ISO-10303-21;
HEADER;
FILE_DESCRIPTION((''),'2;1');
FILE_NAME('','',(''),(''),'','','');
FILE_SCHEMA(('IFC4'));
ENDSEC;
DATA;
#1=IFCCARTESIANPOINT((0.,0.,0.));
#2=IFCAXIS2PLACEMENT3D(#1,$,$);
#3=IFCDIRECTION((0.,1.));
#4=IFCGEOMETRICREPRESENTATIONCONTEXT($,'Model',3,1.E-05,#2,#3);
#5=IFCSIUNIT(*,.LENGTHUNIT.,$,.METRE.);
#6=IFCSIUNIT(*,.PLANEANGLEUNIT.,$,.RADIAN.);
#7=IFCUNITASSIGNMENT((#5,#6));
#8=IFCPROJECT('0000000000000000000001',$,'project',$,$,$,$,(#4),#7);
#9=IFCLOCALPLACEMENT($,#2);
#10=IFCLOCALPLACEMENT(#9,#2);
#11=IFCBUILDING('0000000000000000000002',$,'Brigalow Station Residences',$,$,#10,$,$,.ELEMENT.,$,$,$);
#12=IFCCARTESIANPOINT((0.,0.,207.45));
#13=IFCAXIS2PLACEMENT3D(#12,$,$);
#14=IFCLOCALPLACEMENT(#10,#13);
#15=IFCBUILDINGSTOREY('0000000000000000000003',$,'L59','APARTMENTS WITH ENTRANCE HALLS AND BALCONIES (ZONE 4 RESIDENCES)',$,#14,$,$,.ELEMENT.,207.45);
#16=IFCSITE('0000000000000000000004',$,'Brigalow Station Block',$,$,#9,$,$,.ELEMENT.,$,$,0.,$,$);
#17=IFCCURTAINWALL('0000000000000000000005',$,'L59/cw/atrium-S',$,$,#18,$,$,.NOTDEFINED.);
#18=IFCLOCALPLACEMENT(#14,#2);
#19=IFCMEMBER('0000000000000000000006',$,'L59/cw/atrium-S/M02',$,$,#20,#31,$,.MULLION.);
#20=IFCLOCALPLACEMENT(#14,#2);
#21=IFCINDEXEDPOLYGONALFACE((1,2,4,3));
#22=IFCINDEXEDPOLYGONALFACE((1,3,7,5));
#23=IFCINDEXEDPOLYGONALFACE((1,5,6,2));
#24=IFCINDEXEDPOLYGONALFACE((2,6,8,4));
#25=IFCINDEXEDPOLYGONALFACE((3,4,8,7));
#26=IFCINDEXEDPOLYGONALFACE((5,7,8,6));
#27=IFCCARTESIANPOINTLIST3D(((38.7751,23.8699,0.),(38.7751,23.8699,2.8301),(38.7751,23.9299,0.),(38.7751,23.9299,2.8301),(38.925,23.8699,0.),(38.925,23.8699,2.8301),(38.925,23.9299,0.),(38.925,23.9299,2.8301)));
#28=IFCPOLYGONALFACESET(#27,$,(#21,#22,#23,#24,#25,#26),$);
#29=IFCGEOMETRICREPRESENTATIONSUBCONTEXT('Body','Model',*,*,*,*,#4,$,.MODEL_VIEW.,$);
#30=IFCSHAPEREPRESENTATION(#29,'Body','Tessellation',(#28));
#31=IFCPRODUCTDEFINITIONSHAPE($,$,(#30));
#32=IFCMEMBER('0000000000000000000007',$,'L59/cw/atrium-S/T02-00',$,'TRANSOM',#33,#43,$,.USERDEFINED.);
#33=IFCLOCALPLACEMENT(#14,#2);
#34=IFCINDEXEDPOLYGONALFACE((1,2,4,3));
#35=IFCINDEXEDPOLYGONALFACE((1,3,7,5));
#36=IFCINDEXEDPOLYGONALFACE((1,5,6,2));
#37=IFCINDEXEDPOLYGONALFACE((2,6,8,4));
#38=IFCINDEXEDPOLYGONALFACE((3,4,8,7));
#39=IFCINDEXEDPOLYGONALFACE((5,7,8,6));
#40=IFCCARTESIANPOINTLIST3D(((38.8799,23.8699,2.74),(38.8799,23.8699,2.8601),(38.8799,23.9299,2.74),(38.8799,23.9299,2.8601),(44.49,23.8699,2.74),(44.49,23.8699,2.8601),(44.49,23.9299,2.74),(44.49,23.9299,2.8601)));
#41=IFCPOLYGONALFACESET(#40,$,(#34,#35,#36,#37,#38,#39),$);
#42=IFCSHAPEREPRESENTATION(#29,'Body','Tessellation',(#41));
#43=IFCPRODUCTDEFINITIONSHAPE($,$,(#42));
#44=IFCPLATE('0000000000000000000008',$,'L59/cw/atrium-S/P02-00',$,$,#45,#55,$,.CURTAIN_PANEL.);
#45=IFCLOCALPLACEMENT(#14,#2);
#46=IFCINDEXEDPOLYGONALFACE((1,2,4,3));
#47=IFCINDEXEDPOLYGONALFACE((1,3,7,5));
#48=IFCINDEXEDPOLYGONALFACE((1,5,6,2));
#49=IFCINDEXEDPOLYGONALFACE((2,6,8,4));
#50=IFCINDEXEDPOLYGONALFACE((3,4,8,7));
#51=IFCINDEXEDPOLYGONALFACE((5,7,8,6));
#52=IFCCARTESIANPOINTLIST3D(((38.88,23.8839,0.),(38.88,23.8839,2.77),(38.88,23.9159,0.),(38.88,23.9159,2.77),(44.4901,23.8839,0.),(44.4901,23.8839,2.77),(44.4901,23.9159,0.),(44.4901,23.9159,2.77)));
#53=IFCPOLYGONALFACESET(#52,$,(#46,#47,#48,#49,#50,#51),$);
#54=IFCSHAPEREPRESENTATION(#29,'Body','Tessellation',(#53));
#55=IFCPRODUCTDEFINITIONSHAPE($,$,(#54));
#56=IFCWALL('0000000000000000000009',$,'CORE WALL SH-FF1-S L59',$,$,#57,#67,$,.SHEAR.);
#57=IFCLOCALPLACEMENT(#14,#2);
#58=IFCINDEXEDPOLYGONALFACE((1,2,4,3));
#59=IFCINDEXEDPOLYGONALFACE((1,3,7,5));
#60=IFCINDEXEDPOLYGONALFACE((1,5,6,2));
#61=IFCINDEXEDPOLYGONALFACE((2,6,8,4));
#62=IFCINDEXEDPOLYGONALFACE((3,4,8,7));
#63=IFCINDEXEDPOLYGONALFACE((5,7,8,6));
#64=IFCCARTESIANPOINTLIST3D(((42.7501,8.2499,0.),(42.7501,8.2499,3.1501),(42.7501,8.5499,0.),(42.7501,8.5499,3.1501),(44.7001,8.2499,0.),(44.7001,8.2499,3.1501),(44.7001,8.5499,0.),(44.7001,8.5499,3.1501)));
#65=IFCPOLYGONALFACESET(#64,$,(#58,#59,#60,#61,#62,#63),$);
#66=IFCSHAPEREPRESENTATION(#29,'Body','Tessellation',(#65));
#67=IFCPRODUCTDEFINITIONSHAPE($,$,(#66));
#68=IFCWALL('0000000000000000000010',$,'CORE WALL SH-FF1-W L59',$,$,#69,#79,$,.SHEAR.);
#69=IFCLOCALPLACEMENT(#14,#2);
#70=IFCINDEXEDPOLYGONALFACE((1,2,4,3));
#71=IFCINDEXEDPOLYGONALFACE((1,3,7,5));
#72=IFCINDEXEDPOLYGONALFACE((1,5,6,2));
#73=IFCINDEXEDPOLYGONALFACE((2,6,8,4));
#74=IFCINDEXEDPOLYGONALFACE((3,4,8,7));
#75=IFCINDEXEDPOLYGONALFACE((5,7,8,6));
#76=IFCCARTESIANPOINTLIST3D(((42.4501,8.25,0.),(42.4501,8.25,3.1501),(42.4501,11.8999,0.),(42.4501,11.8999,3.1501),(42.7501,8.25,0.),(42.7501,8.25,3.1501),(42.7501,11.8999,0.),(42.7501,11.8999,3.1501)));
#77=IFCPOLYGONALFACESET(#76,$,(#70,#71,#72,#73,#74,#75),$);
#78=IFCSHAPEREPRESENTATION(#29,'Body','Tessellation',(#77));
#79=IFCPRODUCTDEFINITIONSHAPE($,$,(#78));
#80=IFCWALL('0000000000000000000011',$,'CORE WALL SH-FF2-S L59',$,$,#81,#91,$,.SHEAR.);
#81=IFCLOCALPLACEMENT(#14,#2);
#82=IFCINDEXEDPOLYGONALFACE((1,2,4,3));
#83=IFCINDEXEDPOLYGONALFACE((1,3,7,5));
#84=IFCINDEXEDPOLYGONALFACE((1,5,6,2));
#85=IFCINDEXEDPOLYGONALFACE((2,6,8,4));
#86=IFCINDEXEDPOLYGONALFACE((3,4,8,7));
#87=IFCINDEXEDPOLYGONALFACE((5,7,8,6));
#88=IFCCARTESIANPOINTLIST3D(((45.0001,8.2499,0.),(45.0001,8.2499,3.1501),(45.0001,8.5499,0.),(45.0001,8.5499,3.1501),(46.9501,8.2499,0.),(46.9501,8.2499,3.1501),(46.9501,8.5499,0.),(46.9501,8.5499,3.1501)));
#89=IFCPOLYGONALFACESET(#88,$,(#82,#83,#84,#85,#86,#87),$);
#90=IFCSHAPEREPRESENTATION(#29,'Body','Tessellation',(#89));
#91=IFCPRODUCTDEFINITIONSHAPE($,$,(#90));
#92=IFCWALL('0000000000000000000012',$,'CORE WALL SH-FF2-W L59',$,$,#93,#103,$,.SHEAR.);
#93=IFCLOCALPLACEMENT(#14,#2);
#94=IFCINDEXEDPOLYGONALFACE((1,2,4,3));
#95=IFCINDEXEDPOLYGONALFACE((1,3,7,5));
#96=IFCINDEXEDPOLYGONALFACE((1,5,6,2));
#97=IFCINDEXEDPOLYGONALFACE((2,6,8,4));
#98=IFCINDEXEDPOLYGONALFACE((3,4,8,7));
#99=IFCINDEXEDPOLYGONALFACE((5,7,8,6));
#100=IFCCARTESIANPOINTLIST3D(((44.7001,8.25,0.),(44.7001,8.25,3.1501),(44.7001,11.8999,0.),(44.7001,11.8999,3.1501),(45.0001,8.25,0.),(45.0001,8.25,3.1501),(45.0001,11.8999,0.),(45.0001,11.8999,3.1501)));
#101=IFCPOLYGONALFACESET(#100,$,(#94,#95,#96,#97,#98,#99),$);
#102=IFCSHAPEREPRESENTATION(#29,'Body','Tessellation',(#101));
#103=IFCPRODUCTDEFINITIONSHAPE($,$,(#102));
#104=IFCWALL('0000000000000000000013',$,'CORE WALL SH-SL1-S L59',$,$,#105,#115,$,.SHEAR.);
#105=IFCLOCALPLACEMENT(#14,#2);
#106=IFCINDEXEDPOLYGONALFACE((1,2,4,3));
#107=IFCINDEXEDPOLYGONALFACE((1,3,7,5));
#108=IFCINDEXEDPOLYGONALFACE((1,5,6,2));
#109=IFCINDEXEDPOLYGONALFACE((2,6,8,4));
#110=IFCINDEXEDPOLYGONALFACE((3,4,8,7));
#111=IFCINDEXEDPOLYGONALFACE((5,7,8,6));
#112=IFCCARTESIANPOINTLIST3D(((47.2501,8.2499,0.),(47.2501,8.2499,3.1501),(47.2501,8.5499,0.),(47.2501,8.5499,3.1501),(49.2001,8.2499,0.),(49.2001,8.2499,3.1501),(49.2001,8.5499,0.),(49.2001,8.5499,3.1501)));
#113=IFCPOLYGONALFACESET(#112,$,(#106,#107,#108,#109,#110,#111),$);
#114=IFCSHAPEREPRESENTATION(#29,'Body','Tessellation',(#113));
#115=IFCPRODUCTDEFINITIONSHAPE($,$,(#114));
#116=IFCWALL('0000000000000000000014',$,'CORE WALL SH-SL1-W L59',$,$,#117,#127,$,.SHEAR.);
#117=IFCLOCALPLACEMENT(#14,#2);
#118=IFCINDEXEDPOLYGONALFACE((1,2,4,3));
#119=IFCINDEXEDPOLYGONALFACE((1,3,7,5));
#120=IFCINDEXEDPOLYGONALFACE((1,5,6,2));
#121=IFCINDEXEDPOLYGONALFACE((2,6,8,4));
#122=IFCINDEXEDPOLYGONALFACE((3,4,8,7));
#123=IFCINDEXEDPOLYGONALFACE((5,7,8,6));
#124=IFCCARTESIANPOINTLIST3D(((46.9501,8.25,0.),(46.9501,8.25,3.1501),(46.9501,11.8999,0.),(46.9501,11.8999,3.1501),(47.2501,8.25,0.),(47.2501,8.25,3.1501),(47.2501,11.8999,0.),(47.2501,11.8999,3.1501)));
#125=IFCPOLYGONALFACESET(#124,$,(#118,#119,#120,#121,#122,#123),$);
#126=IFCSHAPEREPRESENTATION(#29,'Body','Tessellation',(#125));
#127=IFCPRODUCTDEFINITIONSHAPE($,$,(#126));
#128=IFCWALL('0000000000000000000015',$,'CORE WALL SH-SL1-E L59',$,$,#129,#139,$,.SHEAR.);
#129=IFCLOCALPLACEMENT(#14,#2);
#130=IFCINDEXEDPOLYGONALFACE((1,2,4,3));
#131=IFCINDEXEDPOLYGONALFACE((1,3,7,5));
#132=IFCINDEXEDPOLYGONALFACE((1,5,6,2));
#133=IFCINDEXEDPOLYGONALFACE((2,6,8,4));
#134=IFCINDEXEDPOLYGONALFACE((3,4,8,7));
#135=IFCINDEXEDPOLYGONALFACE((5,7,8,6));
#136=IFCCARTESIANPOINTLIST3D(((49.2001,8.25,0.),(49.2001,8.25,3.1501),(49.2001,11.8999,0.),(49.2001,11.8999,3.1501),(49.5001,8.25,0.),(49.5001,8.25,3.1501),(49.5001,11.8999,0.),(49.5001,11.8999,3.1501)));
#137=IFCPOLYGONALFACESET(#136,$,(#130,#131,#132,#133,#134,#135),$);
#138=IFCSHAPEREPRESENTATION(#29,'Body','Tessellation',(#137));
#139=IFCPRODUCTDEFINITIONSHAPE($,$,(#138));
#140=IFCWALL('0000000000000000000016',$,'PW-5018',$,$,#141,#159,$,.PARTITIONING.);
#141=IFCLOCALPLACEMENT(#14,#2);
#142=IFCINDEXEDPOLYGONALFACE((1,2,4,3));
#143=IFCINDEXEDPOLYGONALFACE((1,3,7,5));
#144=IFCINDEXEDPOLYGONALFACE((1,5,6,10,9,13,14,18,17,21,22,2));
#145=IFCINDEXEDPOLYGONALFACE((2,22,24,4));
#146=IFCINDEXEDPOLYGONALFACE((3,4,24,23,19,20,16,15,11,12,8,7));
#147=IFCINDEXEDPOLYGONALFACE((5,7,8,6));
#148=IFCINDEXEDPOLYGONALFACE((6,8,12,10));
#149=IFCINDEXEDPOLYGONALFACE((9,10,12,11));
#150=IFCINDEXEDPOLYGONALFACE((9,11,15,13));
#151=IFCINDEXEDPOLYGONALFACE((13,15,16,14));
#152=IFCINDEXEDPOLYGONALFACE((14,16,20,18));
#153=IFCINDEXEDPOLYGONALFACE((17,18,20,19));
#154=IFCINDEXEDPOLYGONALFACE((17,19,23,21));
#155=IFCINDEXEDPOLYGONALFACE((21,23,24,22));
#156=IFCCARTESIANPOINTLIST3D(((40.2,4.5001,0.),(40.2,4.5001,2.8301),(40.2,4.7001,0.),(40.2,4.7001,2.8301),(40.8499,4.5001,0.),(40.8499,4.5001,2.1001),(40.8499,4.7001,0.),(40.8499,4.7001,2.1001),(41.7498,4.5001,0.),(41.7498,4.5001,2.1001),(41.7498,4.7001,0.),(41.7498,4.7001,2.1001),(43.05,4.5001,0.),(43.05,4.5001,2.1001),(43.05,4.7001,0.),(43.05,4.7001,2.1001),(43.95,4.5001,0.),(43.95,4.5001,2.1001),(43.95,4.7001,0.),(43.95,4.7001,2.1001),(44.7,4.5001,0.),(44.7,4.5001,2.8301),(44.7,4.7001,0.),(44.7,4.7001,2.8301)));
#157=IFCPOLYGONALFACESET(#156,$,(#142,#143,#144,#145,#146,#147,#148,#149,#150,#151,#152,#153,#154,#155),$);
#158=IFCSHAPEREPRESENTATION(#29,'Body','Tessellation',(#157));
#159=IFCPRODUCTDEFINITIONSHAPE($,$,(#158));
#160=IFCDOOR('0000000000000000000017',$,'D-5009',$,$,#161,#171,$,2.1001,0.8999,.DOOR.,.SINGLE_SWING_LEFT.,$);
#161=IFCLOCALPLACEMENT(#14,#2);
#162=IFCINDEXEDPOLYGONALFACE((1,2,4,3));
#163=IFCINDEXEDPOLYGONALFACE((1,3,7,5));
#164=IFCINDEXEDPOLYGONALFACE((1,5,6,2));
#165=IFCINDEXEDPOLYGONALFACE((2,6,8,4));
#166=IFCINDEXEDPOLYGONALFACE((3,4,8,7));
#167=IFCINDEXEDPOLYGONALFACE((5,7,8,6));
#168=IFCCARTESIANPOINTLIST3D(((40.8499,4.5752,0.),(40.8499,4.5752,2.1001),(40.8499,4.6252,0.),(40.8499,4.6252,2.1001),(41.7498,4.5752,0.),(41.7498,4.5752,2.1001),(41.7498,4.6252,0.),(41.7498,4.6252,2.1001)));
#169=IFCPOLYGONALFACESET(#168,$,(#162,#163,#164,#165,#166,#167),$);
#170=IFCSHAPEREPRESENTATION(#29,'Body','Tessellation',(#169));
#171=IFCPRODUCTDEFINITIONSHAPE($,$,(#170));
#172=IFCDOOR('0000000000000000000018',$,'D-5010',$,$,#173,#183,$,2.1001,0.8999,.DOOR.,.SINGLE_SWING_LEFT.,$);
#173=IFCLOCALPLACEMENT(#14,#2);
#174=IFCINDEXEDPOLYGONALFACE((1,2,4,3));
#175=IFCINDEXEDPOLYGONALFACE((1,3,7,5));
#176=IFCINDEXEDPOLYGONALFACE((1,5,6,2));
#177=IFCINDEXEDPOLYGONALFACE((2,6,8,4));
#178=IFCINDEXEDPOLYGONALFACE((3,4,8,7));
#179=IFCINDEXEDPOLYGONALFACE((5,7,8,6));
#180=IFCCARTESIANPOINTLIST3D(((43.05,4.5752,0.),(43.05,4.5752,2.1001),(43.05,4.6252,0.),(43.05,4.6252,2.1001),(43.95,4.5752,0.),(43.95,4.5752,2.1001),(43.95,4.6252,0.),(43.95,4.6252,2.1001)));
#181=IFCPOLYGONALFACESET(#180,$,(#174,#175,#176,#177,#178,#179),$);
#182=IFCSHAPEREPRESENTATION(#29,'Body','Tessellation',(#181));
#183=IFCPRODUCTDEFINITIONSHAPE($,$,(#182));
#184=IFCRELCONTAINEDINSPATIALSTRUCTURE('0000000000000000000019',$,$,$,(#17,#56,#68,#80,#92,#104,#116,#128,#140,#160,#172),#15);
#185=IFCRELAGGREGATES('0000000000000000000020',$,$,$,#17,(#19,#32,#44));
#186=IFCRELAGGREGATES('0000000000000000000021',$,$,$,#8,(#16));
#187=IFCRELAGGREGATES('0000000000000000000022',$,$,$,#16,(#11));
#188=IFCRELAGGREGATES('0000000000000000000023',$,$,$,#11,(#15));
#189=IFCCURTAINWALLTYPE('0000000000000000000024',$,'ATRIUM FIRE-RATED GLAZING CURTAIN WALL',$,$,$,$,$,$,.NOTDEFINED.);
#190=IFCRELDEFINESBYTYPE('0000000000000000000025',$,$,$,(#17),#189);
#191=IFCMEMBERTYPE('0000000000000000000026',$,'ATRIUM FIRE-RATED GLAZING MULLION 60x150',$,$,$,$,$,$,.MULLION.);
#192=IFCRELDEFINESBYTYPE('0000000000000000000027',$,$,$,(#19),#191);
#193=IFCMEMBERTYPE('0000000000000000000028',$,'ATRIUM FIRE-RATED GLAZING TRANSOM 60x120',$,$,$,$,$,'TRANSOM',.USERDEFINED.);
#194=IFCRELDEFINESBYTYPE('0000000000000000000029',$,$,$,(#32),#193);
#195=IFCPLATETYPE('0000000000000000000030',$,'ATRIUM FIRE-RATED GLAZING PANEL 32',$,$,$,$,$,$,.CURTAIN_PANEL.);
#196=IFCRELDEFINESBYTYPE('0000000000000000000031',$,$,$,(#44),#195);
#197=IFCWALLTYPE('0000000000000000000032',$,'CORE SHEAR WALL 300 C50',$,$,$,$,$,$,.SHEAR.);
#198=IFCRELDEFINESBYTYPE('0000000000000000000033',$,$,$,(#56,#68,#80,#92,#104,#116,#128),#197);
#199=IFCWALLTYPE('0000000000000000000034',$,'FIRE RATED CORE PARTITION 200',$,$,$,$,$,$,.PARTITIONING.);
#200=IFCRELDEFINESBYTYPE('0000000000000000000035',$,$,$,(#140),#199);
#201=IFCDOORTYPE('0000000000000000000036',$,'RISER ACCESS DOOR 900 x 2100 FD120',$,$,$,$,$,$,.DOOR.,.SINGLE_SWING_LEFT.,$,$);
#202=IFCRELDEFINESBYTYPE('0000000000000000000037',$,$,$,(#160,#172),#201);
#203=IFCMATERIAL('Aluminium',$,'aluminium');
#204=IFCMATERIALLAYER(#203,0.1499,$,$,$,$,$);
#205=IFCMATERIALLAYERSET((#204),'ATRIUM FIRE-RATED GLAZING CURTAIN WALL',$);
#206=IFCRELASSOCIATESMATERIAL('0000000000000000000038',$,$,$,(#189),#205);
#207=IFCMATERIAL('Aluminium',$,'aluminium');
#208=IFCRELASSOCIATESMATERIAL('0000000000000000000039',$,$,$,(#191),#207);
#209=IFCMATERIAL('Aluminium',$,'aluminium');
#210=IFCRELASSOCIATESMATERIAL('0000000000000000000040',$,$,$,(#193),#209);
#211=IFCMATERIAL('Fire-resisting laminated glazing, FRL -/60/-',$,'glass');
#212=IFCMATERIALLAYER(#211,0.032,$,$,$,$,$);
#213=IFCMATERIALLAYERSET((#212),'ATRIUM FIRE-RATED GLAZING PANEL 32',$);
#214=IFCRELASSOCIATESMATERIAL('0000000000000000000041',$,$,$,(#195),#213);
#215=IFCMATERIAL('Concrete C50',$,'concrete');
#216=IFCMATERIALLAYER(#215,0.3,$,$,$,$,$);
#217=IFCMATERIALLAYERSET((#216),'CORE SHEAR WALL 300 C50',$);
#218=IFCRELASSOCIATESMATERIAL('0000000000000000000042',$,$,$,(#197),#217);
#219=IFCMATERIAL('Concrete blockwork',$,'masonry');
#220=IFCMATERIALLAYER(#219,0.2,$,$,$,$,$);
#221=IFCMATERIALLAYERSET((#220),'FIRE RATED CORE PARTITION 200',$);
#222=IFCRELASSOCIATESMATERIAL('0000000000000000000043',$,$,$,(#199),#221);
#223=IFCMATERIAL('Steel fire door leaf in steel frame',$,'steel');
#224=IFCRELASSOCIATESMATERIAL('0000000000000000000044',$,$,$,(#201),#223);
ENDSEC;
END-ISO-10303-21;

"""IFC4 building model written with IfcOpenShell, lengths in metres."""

from ifc_helpers import new_model, si_unit, direction, frame, frame_2d, origin, origin_2d, place, context, subcontext, project, spatial, rectangle, extrude, material, layer, layer_set, material_profile, profile_set, type_object, element, fill, aggregate, save


model = new_model("IFC4")

# Units and contexts
model_context = context("Model", 3, precision=1e-05, world=origin(), true_north=direction((0.0, 1.0)))
body_context = subcontext(model_context, "Body", "Model", "MODEL_VIEW")
ifc_project = project(units=[si_unit("LENGTHUNIT", "METRE"), si_unit("PLANEANGLEUNIT", "RADIAN")], contexts=[model_context])

# Site, building, storey
site_placement = place(None, origin())
site = spatial("IfcSite", under=ifc_project, at=site_placement, Name="Brigalow Station Block", CompositionType="ELEMENT", RefElevation=0.0)
building_placement = place(site_placement, origin())
building = spatial("IfcBuilding", under=site, at=building_placement, Name="Brigalow Station Residences", CompositionType="ELEMENT")
storey_placement = place(building_placement, frame((0.0, 0.0, 207.45)))
storey = spatial("IfcBuildingStorey", under=building, at=storey_placement, Name="L59", Description="APARTMENTS WITH ENTRANCE HALLS AND BALCONIES (ZONE 4 RESIDENCES)", CompositionType="ELEMENT", Elevation=207.45)

# Curtain wall, members, plate
ifc_material_1 = material(Name="Aluminium", Category="aluminium")
ifc_layer_1 = layer(ifc_material_1, 0.1499)
ifc_layer_set_1 = layer_set([ifc_layer_1], Name="ATRIUM FIRE-RATED GLAZING CURTAIN WALL")
curtain_wall_type = type_object("IfcCurtainWallType", Name="ATRIUM FIRE-RATED GLAZING CURTAIN WALL", PredefinedType="NOTDEFINED", material=ifc_layer_set_1)
curtain_wall_placement = place(storey_placement, origin())
curtain_wall = element("IfcCurtainWall", 1, at=curtain_wall_placement, inside=storey, type_object=curtain_wall_type, Name="L59/cw/atrium-S", PredefinedType="NOTDEFINED")
ifc_material_2 = material(Name="Aluminium", Category="aluminium")
ifc_material_profile_1 = material_profile(ifc_material_2, rectangle(XDim=0.0601, YDim=0.1499, at=origin_2d()), Name="ATRIUM FIRE-RATED GLAZING MULLION 60x150")
ifc_profile_set_1 = profile_set([ifc_material_profile_1], Name="Aluminium")
member_type_1 = type_object("IfcMemberType", Name="ATRIUM FIRE-RATED GLAZING MULLION 60x150", PredefinedType="MULLION", material=ifc_profile_set_1)
member_1_placement = place(storey_placement, frame((38.8501, 23.8999, 0.0), z_axis=(0.0, 0.0, 1.0), x_axis=(0.0, 1.0, 0.0)))
member_1 = element("IfcMember", 2, at=member_1_placement, type_object=member_type_1, Name="L59/cw/atrium-S/M02", PredefinedType="MULLION", context=body_context, shape_type="SweptSolid", body=[
    extrude(rectangle(XDim=0.0601, YDim=0.1499, at=origin_2d()), origin(), (0.0, 0.0, 1.0), 2.8301),
])
ifc_material_3 = material(Name="Aluminium", Category="aluminium")
ifc_material_profile_2 = material_profile(ifc_material_3, rectangle(XDim=0.0601, YDim=0.1201, at=origin_2d()), Name="ATRIUM FIRE-RATED GLAZING TRANSOM 60x120")
ifc_profile_set_2 = profile_set([ifc_material_profile_2], Name="Aluminium")
member_type_2 = type_object("IfcMemberType", Name="ATRIUM FIRE-RATED GLAZING TRANSOM 60x120", ElementType="TRANSOM", PredefinedType="USERDEFINED", material=ifc_profile_set_2)
member_2_placement = place(storey_placement, frame((38.8799, 23.8999, 2.8), z_axis=(1.0, 0.0, 0.0), x_axis=(0.0, 1.0, 0.0)))
member_2 = element("IfcMember", 3, at=member_2_placement, type_object=member_type_2, Name="L59/cw/atrium-S/T02-00", ObjectType="TRANSOM", PredefinedType="USERDEFINED", context=body_context, shape_type="SweptSolid", body=[
    extrude(rectangle(XDim=0.0601, YDim=0.1201, at=origin_2d()), origin(), (0.0, 0.0, 1.0), 5.6101),
])
ifc_material_4 = material(Name="Fire-resisting laminated glazing, FRL -/60/-", Category="glass")
ifc_layer_2 = layer(ifc_material_4, 0.032)
ifc_layer_set_2 = layer_set([ifc_layer_2], Name="ATRIUM FIRE-RATED GLAZING PANEL 32")
plate_type = type_object("IfcPlateType", Name="ATRIUM FIRE-RATED GLAZING PANEL 32", PredefinedType="CURTAIN_PANEL", material=ifc_layer_set_2)
plate_placement = place(storey_placement, frame((41.6851, 23.8999, 0.0), z_axis=(0.0, 0.0, 1.0), x_axis=(1.0, 0.0, 0.0)))
plate = element("IfcPlate", 4, at=plate_placement, type_object=plate_type, Name="L59/cw/atrium-S/P02-00", PredefinedType="CURTAIN_PANEL", context=body_context, shape_type="SweptSolid", body=[
    extrude(rectangle(XDim=5.6101, YDim=0.032, at=origin_2d()), origin(), (0.0, 0.0, 1.0), 2.77),
])
aggregate(curtain_wall, [member_1, member_2, plate])

# Walls
ifc_material_5 = material(Name="Concrete C50", Category="concrete")
ifc_layer_3 = layer(ifc_material_5, 0.3)
ifc_layer_set_3 = layer_set([ifc_layer_3], Name="CORE SHEAR WALL 300 C50")
wall_type_1 = type_object("IfcWallType", Name="CORE SHEAR WALL 300 C50", PredefinedType="SHEAR", material=ifc_layer_set_3)
wall_1_placement = place(storey_placement, frame((42.75, 8.3999, 0.0), z_axis=(0.0, 0.0, 1.0), x_axis=(1.0, 0.0, 0.0)))
element("IfcWall", 5, at=wall_1_placement, inside=storey, type_object=wall_type_1, Name="CORE WALL SH-FF1-S L59", PredefinedType="SHEAR", context=body_context, shape_type="SweptSolid", body=[
    extrude(rectangle(XDim=1.95, YDim=0.3, at=frame_2d((0.9751, 0.0))), origin(), (0.0, 0.0, 1.0), 3.1501),
])
wall_2_placement = place(storey_placement, frame((42.6001, 8.25, 0.0), z_axis=(0.0, 0.0, 1.0), x_axis=(0.0, 1.0, 0.0)))
element("IfcWall", 6, at=wall_2_placement, inside=storey, type_object=wall_type_1, Name="CORE WALL SH-FF1-W L59", PredefinedType="SHEAR", context=body_context, shape_type="SweptSolid", body=[
    extrude(rectangle(XDim=3.6499, YDim=0.3, at=frame_2d((1.825, 0.0))), origin(), (0.0, 0.0, 1.0), 3.1501),
])
wall_3_placement = place(storey_placement, frame((45.0, 8.3999, 0.0), z_axis=(0.0, 0.0, 1.0), x_axis=(1.0, 0.0, 0.0)))
element("IfcWall", 7, at=wall_3_placement, inside=storey, type_object=wall_type_1, Name="CORE WALL SH-FF2-S L59", PredefinedType="SHEAR", context=body_context, shape_type="SweptSolid", body=[
    extrude(rectangle(XDim=1.95, YDim=0.3, at=frame_2d((0.9751, 0.0))), origin(), (0.0, 0.0, 1.0), 3.1501),
])
wall_4_placement = place(storey_placement, frame((44.8501, 8.25, 0.0), z_axis=(0.0, 0.0, 1.0), x_axis=(0.0, 1.0, 0.0)))
element("IfcWall", 8, at=wall_4_placement, inside=storey, type_object=wall_type_1, Name="CORE WALL SH-FF2-W L59", PredefinedType="SHEAR", context=body_context, shape_type="SweptSolid", body=[
    extrude(rectangle(XDim=3.6499, YDim=0.3, at=frame_2d((1.825, 0.0))), origin(), (0.0, 0.0, 1.0), 3.1501),
])
wall_5_placement = place(storey_placement, frame((47.25, 8.3999, 0.0), z_axis=(0.0, 0.0, 1.0), x_axis=(1.0, 0.0, 0.0)))
element("IfcWall", 9, at=wall_5_placement, inside=storey, type_object=wall_type_1, Name="CORE WALL SH-SL1-S L59", PredefinedType="SHEAR", context=body_context, shape_type="SweptSolid", body=[
    extrude(rectangle(XDim=1.95, YDim=0.3, at=frame_2d((0.9751, 0.0))), origin(), (0.0, 0.0, 1.0), 3.1501),
])
for number, where, z_axis, x_axis, name in (
    (10, (47.1001, 8.25, 0.0), (0.0, 0.0, 1.0), (0.0, 1.0, 0.0), "CORE WALL SH-SL1-W L59"),
    (11, (49.3501, 8.25, 0.0), (0.0, 0.0, 1.0), (0.0, 1.0, 0.0), "CORE WALL SH-SL1-E L59"),
):
    element("IfcWall", number, at=place(storey_placement, frame(where, z_axis=z_axis, x_axis=x_axis)), inside=storey, type_object=wall_type_1, Name=name, PredefinedType="SHEAR", context=body_context, shape_type="SweptSolid", body=[
        extrude(rectangle(XDim=3.6499, YDim=0.3, at=frame_2d((1.825, 0.0))), origin(), (0.0, 0.0, 1.0), 3.1501),
    ])

# Wall, openings, doors
ifc_material_6 = material(Name="Concrete blockwork", Category="masonry")
ifc_layer_4 = layer(ifc_material_6, 0.2)
ifc_layer_set_4 = layer_set([ifc_layer_4], Name="FIRE RATED CORE PARTITION 200")
wall_type_2 = type_object("IfcWallType", Name="FIRE RATED CORE PARTITION 200", PredefinedType="PARTITIONING", material=ifc_layer_set_4)
wall_6_placement = place(storey_placement, frame((40.2, 4.6001, 0.0), z_axis=(0.0, 0.0, 1.0), x_axis=(1.0, 0.0, 0.0)))
wall_6 = element("IfcWall", 12, at=wall_6_placement, inside=storey, type_object=wall_type_2, Name="PW-5018", PredefinedType="PARTITIONING", context=body_context, shape_type="SweptSolid", body=[
    extrude(rectangle(XDim=4.5, YDim=0.2, at=frame_2d((2.25, 0.0))), origin(), (0.0, 0.0, 1.0), 2.8301),
])
opening_1_placement = place(wall_6_placement, frame((0.6499, 0.0, 0.0)))
opening_1 = element("IfcOpeningElement", 13, at=opening_1_placement, cuts=wall_6, PredefinedType="OPENING", context=body_context, shape_type="SweptSolid", body=[
    extrude(rectangle(XDim=0.8999, YDim=2.1001, at=frame_2d((0.45, 1.05))), frame((0.0, 0.1099, 0.0), z_axis=(0.0, -1.0, 0.0), x_axis=(1.0, 0.0, 0.0)), (0.0, 0.0, 1.0), 0.22),
])
opening_2_placement = place(wall_6_placement, frame((2.8501, 0.0, 0.0)))
opening_2 = element("IfcOpeningElement", 14, at=opening_2_placement, cuts=wall_6, PredefinedType="OPENING", context=body_context, shape_type="SweptSolid", body=[
    extrude(rectangle(XDim=0.8999, YDim=2.1001, at=frame_2d((0.45, 1.05))), frame((0.0, 0.1099, 0.0), z_axis=(0.0, -1.0, 0.0), x_axis=(1.0, 0.0, 0.0)), (0.0, 0.0, 1.0), 0.22),
])
ifc_material_7 = material(Name="Steel fire door leaf in steel frame", Category="steel")
door_type_1 = type_object("IfcDoorType", Name="RISER ACCESS DOOR 900 x 2100 FD120", OperationType="SINGLE_SWING_LEFT", PredefinedType="DOOR", material=ifc_material_7)
door_1_placement = place(opening_1_placement, frame((0.8999, 0.0, 0.0), z_axis=(0.0, 0.0, 1.0), x_axis=(-1.0, 0.0, 0.0)))
door_1 = element("IfcDoor", 15, at=door_1_placement, inside=storey, type_object=door_type_1, Name="D-5009", OperationType="SINGLE_SWING_LEFT", OverallHeight=2.1001, OverallWidth=0.8999, PredefinedType="DOOR", context=body_context, shape_type="SweptSolid", body=[
    extrude(rectangle(XDim=0.8999, YDim=2.1001, at=frame_2d((0.45, 1.05))), frame((0.0, 0.0249, 0.0), z_axis=(0.0, -1.0, 0.0), x_axis=(1.0, 0.0, 0.0)), (0.0, 0.0, 1.0), 0.05),
])
fill(opening_1, door_1)
door_2_placement = place(opening_2_placement, frame((0.8999, 0.0, 0.0), z_axis=(0.0, 0.0, 1.0), x_axis=(-1.0, 0.0, 0.0)))
door_2 = element("IfcDoor", 16, at=door_2_placement, inside=storey, type_object=door_type_1, Name="D-5010", OperationType="SINGLE_SWING_LEFT", OverallHeight=2.1001, OverallWidth=0.8999, PredefinedType="DOOR", context=body_context, shape_type="SweptSolid", body=[
    extrude(rectangle(XDim=0.8999, YDim=2.1001, at=frame_2d((0.45, 1.05))), frame((0.0, 0.0249, 0.0), z_axis=(0.0, -1.0, 0.0), x_axis=(1.0, 0.0, 0.0)), (0.0, 0.0, 1.0), 0.05),
])
fill(opening_2, door_2)

save(model, "model.ifc")
